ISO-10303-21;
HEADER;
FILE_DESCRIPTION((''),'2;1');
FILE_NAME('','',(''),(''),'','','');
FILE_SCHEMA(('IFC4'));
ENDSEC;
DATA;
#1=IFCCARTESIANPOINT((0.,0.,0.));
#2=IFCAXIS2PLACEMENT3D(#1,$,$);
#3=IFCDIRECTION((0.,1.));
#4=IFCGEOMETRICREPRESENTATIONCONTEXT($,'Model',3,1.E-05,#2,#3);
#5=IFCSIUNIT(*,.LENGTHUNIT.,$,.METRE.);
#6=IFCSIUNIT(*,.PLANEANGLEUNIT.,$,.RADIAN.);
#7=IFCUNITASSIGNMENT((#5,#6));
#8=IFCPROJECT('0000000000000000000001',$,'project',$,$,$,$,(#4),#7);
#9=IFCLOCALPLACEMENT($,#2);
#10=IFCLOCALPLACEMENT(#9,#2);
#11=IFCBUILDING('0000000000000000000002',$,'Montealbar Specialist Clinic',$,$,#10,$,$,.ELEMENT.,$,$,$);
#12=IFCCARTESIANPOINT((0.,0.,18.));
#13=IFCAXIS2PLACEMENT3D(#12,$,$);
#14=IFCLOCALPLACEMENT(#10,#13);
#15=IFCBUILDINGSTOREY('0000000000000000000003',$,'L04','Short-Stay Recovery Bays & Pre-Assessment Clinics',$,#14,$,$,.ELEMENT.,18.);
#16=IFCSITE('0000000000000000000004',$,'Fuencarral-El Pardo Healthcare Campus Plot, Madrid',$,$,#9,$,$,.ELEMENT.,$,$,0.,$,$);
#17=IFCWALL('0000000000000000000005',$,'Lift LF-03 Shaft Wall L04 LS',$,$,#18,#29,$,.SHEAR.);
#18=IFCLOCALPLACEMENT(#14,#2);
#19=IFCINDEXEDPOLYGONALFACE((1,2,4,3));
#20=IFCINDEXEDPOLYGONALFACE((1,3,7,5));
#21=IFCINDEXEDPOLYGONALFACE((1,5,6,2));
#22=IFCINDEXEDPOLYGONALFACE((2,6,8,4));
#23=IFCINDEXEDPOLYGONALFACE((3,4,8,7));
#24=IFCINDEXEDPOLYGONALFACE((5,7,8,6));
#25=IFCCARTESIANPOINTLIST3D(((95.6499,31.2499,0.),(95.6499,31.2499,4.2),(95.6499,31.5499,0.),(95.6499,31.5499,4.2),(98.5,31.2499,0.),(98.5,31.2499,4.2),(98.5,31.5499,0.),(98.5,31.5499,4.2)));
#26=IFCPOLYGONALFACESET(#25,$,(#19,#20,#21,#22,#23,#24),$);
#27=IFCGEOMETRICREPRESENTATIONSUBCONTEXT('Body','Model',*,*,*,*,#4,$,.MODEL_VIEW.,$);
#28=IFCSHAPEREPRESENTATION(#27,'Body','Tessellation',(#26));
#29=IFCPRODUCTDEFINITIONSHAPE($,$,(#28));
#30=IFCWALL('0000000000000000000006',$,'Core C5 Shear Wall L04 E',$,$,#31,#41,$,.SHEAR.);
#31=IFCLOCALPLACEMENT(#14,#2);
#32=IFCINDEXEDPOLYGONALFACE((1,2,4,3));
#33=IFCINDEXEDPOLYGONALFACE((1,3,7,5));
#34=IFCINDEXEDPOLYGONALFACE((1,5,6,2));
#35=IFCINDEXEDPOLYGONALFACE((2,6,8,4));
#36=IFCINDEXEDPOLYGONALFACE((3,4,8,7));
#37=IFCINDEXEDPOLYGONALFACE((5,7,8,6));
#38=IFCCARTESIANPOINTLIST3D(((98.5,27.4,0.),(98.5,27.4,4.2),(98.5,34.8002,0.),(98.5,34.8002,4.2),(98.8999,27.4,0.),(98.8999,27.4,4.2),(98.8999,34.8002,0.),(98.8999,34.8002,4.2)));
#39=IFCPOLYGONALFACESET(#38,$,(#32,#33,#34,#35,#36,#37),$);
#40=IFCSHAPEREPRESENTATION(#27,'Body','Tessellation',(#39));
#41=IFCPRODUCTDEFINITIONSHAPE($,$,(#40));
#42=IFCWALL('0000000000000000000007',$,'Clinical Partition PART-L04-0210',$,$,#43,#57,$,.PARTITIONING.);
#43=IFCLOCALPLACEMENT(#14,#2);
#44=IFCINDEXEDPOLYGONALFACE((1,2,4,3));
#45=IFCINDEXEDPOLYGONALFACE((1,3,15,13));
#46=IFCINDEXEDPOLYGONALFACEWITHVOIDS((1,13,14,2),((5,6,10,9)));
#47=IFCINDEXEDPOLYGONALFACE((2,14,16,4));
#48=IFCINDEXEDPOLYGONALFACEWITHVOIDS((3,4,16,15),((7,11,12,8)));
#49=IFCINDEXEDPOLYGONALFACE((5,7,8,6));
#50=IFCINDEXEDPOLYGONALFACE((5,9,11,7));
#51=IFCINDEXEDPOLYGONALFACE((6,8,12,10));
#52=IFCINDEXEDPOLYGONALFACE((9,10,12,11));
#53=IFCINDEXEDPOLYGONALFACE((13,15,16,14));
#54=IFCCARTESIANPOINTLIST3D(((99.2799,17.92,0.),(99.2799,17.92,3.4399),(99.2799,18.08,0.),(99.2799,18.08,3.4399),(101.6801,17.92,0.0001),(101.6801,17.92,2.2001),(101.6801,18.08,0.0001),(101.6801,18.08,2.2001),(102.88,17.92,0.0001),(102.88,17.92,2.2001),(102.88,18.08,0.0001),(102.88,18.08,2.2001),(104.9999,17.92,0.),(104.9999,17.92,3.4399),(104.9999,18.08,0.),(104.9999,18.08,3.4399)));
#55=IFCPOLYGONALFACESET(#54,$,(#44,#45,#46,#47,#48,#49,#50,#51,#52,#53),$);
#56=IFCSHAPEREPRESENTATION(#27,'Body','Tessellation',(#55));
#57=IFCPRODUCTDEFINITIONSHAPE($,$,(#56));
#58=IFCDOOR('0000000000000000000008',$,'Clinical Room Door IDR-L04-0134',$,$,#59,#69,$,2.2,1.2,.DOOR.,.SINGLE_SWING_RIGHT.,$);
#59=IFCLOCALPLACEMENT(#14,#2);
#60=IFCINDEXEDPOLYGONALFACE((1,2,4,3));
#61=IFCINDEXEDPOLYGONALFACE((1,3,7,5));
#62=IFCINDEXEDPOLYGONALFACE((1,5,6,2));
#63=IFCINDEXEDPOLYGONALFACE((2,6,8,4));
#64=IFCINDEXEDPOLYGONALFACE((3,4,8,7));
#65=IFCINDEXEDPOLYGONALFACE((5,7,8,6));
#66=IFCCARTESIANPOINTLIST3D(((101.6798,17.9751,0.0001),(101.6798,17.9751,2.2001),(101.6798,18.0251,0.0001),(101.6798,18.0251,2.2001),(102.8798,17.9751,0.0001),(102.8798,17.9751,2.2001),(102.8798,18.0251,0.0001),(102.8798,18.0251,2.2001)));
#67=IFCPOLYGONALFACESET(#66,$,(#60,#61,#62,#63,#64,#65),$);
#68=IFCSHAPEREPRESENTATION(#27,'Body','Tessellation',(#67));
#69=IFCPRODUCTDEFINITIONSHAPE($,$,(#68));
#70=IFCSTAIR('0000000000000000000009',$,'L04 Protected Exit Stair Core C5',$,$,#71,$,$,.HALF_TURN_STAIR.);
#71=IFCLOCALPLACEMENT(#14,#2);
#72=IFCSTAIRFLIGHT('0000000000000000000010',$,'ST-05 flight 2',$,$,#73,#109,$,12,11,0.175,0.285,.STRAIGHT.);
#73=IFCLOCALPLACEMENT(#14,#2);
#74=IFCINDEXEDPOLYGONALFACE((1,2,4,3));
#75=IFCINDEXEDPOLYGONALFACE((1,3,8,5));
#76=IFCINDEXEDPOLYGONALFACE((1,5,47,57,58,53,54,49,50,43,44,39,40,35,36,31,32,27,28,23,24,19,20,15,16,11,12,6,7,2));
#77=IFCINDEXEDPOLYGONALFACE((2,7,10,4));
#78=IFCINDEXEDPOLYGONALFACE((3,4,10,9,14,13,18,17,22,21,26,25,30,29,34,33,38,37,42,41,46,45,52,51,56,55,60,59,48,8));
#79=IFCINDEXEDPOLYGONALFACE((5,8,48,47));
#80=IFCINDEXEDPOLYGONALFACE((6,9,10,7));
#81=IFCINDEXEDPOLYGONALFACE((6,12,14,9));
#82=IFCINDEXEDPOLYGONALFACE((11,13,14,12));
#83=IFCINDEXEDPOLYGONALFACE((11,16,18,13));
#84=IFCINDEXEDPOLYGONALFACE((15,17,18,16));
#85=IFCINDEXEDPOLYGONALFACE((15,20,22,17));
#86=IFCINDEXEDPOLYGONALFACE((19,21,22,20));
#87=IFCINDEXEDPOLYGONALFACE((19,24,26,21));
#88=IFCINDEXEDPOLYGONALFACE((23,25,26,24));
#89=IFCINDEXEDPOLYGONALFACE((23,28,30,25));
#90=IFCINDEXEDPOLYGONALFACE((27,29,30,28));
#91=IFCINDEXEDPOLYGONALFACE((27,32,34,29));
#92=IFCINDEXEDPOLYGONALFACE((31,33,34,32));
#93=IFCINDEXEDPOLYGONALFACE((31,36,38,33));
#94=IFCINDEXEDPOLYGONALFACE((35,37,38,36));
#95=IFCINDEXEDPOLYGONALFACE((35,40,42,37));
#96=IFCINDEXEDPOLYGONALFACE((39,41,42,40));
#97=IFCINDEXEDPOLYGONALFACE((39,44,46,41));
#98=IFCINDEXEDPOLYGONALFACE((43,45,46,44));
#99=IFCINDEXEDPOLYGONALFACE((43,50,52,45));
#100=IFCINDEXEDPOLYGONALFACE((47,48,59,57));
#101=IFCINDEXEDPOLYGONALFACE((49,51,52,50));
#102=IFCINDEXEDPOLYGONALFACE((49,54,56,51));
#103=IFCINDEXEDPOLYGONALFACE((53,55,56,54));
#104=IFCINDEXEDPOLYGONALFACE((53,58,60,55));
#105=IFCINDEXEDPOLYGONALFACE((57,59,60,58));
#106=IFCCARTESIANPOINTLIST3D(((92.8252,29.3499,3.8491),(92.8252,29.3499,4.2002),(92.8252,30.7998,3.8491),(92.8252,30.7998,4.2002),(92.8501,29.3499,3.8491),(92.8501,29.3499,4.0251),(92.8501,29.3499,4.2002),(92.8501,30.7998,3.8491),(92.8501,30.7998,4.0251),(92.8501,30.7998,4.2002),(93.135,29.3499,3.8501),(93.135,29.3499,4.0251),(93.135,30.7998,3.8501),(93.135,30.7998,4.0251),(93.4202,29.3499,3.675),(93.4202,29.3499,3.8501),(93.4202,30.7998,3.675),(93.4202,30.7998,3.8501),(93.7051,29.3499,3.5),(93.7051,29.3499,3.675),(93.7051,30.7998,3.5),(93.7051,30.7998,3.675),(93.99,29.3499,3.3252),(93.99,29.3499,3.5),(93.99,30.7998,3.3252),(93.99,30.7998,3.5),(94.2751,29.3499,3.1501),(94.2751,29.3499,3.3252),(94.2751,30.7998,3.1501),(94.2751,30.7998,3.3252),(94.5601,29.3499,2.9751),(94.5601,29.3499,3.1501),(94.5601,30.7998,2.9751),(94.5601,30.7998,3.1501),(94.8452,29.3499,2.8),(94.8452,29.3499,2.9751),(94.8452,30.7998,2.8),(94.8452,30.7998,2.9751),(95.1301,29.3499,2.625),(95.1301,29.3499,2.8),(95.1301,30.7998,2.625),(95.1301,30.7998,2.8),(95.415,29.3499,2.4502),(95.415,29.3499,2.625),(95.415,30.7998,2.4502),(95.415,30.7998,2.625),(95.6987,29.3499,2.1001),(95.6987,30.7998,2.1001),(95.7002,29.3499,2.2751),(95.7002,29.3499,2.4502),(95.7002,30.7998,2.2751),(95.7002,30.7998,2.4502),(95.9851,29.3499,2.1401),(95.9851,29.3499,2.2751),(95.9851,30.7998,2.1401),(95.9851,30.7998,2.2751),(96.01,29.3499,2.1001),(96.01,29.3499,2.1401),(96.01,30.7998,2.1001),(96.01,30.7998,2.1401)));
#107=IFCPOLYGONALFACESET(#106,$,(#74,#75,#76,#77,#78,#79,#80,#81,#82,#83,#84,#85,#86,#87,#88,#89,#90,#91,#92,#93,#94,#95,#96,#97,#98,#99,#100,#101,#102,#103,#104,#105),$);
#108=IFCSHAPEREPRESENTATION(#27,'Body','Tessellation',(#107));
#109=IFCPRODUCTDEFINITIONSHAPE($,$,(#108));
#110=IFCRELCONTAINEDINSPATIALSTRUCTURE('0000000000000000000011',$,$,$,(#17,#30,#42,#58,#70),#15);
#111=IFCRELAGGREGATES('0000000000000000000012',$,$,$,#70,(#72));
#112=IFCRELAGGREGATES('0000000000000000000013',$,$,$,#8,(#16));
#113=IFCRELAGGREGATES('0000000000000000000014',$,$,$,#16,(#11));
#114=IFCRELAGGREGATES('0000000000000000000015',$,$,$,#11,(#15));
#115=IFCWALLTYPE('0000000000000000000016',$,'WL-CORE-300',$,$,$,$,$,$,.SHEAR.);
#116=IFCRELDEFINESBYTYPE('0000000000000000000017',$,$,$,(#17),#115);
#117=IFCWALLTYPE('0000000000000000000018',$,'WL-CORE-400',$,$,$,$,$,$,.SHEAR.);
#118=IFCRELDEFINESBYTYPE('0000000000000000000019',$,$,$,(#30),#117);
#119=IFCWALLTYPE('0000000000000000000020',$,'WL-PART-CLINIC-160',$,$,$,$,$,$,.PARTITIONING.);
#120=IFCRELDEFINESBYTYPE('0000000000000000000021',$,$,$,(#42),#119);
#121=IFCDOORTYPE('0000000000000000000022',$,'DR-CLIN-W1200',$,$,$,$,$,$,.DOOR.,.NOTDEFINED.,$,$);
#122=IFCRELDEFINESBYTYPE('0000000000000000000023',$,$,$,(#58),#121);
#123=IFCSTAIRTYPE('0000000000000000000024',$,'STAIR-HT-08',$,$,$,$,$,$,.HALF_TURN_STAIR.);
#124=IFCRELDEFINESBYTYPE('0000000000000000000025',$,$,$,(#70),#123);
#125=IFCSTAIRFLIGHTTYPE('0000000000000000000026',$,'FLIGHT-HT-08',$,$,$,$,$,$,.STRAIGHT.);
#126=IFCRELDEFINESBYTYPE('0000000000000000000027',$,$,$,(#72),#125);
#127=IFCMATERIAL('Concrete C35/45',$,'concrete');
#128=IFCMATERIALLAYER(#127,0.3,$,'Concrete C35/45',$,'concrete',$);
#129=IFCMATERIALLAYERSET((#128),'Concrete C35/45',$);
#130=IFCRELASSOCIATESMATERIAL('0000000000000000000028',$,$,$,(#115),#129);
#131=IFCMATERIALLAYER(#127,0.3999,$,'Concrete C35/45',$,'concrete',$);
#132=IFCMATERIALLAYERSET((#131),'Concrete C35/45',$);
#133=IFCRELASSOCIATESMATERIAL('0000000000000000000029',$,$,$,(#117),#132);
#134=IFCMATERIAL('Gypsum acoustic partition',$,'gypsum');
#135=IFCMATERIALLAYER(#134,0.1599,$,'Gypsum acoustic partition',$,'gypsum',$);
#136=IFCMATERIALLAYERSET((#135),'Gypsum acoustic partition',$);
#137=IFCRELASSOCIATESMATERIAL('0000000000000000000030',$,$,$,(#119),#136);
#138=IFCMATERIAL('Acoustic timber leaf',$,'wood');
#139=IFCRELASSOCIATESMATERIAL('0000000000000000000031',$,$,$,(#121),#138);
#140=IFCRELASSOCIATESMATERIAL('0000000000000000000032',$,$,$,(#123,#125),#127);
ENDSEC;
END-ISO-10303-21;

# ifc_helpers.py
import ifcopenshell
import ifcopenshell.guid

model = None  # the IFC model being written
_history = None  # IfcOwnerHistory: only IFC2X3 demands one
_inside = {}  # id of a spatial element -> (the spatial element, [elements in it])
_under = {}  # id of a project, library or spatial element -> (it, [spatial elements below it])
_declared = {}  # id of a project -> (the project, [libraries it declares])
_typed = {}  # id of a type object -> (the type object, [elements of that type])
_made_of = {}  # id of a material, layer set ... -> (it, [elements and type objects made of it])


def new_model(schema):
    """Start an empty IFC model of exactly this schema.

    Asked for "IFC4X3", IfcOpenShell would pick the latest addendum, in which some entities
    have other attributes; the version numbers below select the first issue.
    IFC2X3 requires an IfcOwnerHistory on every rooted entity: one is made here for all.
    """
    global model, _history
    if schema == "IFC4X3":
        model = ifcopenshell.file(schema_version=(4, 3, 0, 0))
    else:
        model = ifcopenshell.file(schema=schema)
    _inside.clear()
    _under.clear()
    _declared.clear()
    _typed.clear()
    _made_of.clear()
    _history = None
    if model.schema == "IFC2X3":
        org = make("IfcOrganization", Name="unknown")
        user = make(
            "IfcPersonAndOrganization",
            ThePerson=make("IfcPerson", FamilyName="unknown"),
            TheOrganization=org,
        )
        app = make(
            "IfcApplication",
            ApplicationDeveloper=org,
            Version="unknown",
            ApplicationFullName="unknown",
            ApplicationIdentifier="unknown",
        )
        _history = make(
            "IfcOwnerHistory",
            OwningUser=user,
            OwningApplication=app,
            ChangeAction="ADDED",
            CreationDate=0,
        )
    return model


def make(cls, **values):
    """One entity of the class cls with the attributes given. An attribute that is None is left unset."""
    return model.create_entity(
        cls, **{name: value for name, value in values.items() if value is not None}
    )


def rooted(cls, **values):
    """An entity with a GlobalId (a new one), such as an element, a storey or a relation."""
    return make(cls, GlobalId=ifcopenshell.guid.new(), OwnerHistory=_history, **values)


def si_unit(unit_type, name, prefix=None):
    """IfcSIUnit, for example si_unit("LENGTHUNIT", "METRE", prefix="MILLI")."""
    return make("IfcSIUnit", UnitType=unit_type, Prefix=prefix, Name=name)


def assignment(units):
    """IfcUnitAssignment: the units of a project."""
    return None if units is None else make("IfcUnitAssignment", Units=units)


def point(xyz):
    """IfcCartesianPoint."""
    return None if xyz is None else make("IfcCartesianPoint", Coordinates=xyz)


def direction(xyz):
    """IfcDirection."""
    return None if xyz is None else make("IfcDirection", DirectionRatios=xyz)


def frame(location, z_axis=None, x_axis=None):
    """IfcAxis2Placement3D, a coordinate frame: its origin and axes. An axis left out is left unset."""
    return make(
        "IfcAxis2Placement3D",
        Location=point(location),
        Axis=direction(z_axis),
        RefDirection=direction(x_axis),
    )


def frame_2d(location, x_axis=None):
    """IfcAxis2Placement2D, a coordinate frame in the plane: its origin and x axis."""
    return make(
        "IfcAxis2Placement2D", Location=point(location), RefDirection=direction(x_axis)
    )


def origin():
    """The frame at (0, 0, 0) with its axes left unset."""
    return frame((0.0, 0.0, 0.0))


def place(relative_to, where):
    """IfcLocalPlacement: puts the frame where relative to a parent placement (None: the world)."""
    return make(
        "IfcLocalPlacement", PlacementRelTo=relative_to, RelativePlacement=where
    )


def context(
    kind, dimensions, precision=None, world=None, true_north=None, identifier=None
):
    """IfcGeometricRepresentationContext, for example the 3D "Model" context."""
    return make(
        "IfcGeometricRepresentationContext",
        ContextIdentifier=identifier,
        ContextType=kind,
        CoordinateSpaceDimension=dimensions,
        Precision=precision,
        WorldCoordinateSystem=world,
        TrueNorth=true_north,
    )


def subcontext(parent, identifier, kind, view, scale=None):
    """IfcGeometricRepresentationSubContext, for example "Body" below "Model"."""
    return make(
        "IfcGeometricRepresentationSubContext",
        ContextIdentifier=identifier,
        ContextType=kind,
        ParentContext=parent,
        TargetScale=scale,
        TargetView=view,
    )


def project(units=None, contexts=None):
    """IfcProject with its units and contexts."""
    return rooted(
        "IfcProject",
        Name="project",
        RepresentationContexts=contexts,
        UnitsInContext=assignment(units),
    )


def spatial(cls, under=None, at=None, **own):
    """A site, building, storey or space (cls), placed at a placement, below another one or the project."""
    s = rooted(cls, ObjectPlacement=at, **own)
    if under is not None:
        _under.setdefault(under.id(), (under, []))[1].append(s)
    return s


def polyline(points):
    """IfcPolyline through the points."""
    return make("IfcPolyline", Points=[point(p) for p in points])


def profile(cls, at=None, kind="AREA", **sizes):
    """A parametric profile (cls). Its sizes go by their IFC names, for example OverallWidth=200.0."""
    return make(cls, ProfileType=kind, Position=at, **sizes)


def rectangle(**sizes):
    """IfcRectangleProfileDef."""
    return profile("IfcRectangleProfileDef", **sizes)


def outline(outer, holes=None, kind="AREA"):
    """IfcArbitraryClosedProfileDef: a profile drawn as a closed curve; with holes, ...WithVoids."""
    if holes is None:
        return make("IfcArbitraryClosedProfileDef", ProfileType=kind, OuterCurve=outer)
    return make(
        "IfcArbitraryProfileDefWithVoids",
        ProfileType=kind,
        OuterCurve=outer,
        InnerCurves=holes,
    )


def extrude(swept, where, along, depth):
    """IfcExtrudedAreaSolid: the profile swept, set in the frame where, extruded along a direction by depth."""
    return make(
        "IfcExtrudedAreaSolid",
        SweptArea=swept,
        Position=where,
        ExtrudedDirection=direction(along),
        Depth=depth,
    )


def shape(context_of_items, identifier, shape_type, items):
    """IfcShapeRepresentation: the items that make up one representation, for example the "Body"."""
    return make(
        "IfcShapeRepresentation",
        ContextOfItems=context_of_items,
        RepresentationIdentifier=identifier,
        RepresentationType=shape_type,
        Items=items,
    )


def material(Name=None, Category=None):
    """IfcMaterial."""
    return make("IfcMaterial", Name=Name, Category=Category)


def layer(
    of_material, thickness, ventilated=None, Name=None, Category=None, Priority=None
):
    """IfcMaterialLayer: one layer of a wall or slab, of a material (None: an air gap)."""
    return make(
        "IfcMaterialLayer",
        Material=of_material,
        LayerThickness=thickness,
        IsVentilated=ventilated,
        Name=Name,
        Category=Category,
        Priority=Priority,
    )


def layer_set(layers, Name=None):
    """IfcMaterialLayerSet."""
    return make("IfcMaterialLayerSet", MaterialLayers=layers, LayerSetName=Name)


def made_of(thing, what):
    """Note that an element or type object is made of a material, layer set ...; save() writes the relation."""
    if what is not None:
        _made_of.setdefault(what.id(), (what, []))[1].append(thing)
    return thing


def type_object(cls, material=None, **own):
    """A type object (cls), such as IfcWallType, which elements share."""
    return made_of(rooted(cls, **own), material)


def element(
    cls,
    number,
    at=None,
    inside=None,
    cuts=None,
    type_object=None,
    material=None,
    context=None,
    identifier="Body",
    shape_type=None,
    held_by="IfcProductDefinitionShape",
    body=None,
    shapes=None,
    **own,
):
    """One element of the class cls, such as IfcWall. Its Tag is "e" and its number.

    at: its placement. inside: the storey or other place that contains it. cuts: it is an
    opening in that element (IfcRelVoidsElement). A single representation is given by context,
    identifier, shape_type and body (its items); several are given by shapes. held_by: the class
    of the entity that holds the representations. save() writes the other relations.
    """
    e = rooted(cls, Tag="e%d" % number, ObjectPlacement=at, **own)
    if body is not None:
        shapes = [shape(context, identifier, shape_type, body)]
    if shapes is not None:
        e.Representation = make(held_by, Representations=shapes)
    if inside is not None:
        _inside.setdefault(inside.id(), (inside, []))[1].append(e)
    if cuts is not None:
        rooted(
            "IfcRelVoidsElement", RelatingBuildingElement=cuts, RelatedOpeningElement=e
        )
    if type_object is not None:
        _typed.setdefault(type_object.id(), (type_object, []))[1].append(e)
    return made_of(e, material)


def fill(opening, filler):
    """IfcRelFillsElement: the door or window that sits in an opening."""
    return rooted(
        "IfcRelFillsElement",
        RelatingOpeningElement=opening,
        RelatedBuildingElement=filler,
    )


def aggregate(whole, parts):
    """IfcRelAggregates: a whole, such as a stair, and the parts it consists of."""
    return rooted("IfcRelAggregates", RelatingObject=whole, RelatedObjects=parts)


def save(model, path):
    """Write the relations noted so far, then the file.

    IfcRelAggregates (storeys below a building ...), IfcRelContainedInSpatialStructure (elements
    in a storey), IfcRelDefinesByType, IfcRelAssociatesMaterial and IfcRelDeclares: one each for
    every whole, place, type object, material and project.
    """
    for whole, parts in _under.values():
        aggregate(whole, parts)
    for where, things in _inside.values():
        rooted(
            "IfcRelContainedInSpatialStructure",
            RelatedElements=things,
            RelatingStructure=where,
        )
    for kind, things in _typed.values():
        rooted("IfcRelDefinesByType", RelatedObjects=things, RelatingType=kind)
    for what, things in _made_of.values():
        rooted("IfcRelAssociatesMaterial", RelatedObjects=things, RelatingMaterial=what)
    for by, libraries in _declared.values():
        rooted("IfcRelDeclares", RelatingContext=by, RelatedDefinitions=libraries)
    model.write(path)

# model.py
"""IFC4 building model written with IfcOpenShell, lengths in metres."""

from ifc_helpers import new_model, si_unit, direction, frame, frame_2d, origin, place, context, subcontext, project, spatial, polyline, rectangle, outline, extrude, material, layer, layer_set, type_object, element, fill, aggregate, save


model = new_model("IFC4")

# Units and contexts
model_context = context("Model", 3, precision=1e-05, world=origin(), true_north=direction((0.0, 1.0)))
body_context = subcontext(model_context, "Body", "Model", "MODEL_VIEW")
ifc_project = project(units=[si_unit("LENGTHUNIT", "METRE"), si_unit("PLANEANGLEUNIT", "RADIAN")], contexts=[model_context])

# Site, building, storey
site_placement = place(None, origin())
site = spatial("IfcSite", under=ifc_project, at=site_placement, Name="Fuencarral-El Pardo Healthcare Campus Plot, Madrid", CompositionType="ELEMENT", RefElevation=0.0)
building_placement = place(site_placement, origin())
building = spatial("IfcBuilding", under=site, at=building_placement, Name="Montealbar Specialist Clinic", CompositionType="ELEMENT")
storey_placement = place(building_placement, frame((0.0, 0.0, 18.0)))
storey = spatial("IfcBuildingStorey", under=building, at=storey_placement, Name="L04", Description="Short-Stay Recovery Bays & Pre-Assessment Clinics", CompositionType="ELEMENT", Elevation=18.0)

# Wall
ifc_material_1 = material(Name="Concrete C35/45", Category="concrete")
ifc_layer_1 = layer(ifc_material_1, 0.3, Name="Concrete C35/45", Category="concrete")
ifc_layer_set_1 = layer_set([ifc_layer_1], Name="Concrete C35/45")
wall_type_1 = type_object("IfcWallType", Name="WL-CORE-300", PredefinedType="SHEAR", material=ifc_layer_set_1)
wall_1_placement = place(storey_placement, frame((95.6499, 31.3999, 0.0), z_axis=(0.0, 0.0, 1.0), x_axis=(1.0, 0.0, 0.0)))
element("IfcWall", 1, at=wall_1_placement, inside=storey, type_object=wall_type_1, Name="Lift LF-03 Shaft Wall L04 LS", PredefinedType="SHEAR", context=body_context, shape_type="SweptSolid", body=[
    extrude(rectangle(XDim=2.8501, YDim=0.3, at=frame_2d((1.425, 0.0))), origin(), (0.0, 0.0, 1.0), 4.2),
])

# Wall
ifc_layer_2 = layer(ifc_material_1, 0.3999, Name="Concrete C35/45", Category="concrete")
ifc_layer_set_2 = layer_set([ifc_layer_2], Name="Concrete C35/45")
wall_type_2 = type_object("IfcWallType", Name="WL-CORE-400", PredefinedType="SHEAR", material=ifc_layer_set_2)
wall_2_placement = place(storey_placement, frame((98.7, 27.3999, 0.0), z_axis=(0.0, 0.0, 1.0), x_axis=(0.0, 1.0, 0.0)))
element("IfcWall", 2, at=wall_2_placement, inside=storey, type_object=wall_type_2, Name="Core C5 Shear Wall L04 E", PredefinedType="SHEAR", context=body_context, shape_type="SweptSolid", body=[
    extrude(rectangle(XDim=7.4001, YDim=0.3999, at=frame_2d((3.7002, 0.0))), origin(), (0.0, 0.0, 1.0), 4.2),
])

# Wall, opening, door
ifc_material_2 = material(Name="Gypsum acoustic partition", Category="gypsum")
ifc_layer_3 = layer(ifc_material_2, 0.1599, Name="Gypsum acoustic partition", Category="gypsum")
ifc_layer_set_3 = layer_set([ifc_layer_3], Name="Gypsum acoustic partition")
wall_type_3 = type_object("IfcWallType", Name="WL-PART-CLINIC-160", PredefinedType="PARTITIONING", material=ifc_layer_set_3)
wall_3_placement = place(storey_placement, frame((99.28, 18.0, 0.0), z_axis=(0.0, 0.0, 1.0), x_axis=(1.0, 0.0, 0.0)))
wall_3 = element("IfcWall", 3, at=wall_3_placement, inside=storey, type_object=wall_type_3, Name="Clinical Partition PART-L04-0210", PredefinedType="PARTITIONING", context=body_context, shape_type="SweptSolid", body=[
    extrude(rectangle(XDim=5.72, YDim=0.1599, at=frame_2d((2.8599, 0.0))), origin(), (0.0, 0.0, 1.0), 3.4399),
])
opening_1_placement = place(wall_3_placement, frame((2.3999, 0.0, 0.0)))
opening_1 = element("IfcOpeningElement", 4, at=opening_1_placement, cuts=wall_3, PredefinedType="OPENING", context=body_context, shape_type="SweptSolid", body=[
    extrude(rectangle(XDim=1.2, YDim=2.2, at=frame_2d((0.6001, 1.1001))), frame((0.0, 0.0898, 0.0), z_axis=(0.0, -1.0, 0.0), x_axis=(1.0, 0.0, 0.0)), (0.0, 0.0, 1.0), 0.1799),
])
ifc_material_3 = material(Name="Acoustic timber leaf", Category="wood")
door_type_1 = type_object("IfcDoorType", Name="DR-CLIN-W1200", OperationType="NOTDEFINED", PredefinedType="DOOR", material=ifc_material_3)
door_1_placement = place(opening_1_placement, frame((1.2, 0.0, 0.0), z_axis=(0.0, 0.0, 1.0), x_axis=(-1.0, 0.0, 0.0)))
door_1 = element("IfcDoor", 5, at=door_1_placement, inside=storey, type_object=door_type_1, Name="Clinical Room Door IDR-L04-0134", OperationType="SINGLE_SWING_RIGHT", OverallHeight=2.2, OverallWidth=1.2, PredefinedType="DOOR", context=body_context, shape_type="SweptSolid", body=[
    extrude(rectangle(XDim=1.2, YDim=2.2, at=frame_2d((0.6001, 1.1001))), frame((0.0, 0.0249, 0.0), z_axis=(0.0, -1.0, 0.0), x_axis=(1.0, 0.0, 0.0)), (0.0, 0.0, 1.0), 0.05),
])
fill(opening_1, door_1)

# Stair, stair flight
stair_type = type_object("IfcStairType", Name="STAIR-HT-08", PredefinedType="HALF_TURN_STAIR", material=ifc_material_1)
stair_placement = place(storey_placement, origin())
stair = element("IfcStair", 6, at=stair_placement, inside=storey, type_object=stair_type, Name="L04 Protected Exit Stair Core C5", PredefinedType="HALF_TURN_STAIR")
stair_flight_type = type_object("IfcStairFlightType", Name="FLIGHT-HT-08", PredefinedType="STRAIGHT", material=ifc_material_1)
stair_flight_placement = place(storey_placement, frame((95.9851, 30.075, 2.1001), z_axis=(0.0, 0.0, 1.0), x_axis=(-1.0, 0.0, 0.0)))
stair_flight = element("IfcStairFlight", 7, at=stair_flight_placement, type_object=stair_flight_type, Name="ST-05 flight 2", NumberOfRisers=12, NumberOfTreads=11, PredefinedType="STRAIGHT", RiserHeight=0.175, TreadLength=0.285, context=body_context, shape_type="SweptSolid", body=[
    extrude(outline(polyline([(-0.0249, 0.0), (-0.0249, 0.04), (0.0, 0.04), (0.0, 0.175), (0.2849, 0.175), (0.2849, 0.3501), (0.5701, 0.3501), (0.5701, 0.5249), (0.855, 0.5249), (0.855, 0.7), (1.1399, 0.7), (1.1399, 0.875), (1.425, 0.875), (1.425, 1.05), (1.71, 1.05), (1.71, 1.2251), (1.9951, 1.2251), (1.9951, 1.3999), (2.28, 1.3999), (2.28, 1.575), (2.5649, 1.575), (2.5649, 1.75), (2.8501, 1.75), (2.8501, 1.925), (3.135, 1.925), (3.135, 2.1001), (3.1599, 2.1001), (3.1599, 1.749), (3.135, 1.749), (0.2864, 0.0), (-0.0249, 0.0)])), frame((0.0, 0.7251, 0.0), z_axis=(0.0, -1.0, 0.0), x_axis=(1.0, 0.0, 0.0)), (0.0, 0.0, 1.0), 1.45),
])
aggregate(stair, [stair_flight])

save(model, "model.ifc")
